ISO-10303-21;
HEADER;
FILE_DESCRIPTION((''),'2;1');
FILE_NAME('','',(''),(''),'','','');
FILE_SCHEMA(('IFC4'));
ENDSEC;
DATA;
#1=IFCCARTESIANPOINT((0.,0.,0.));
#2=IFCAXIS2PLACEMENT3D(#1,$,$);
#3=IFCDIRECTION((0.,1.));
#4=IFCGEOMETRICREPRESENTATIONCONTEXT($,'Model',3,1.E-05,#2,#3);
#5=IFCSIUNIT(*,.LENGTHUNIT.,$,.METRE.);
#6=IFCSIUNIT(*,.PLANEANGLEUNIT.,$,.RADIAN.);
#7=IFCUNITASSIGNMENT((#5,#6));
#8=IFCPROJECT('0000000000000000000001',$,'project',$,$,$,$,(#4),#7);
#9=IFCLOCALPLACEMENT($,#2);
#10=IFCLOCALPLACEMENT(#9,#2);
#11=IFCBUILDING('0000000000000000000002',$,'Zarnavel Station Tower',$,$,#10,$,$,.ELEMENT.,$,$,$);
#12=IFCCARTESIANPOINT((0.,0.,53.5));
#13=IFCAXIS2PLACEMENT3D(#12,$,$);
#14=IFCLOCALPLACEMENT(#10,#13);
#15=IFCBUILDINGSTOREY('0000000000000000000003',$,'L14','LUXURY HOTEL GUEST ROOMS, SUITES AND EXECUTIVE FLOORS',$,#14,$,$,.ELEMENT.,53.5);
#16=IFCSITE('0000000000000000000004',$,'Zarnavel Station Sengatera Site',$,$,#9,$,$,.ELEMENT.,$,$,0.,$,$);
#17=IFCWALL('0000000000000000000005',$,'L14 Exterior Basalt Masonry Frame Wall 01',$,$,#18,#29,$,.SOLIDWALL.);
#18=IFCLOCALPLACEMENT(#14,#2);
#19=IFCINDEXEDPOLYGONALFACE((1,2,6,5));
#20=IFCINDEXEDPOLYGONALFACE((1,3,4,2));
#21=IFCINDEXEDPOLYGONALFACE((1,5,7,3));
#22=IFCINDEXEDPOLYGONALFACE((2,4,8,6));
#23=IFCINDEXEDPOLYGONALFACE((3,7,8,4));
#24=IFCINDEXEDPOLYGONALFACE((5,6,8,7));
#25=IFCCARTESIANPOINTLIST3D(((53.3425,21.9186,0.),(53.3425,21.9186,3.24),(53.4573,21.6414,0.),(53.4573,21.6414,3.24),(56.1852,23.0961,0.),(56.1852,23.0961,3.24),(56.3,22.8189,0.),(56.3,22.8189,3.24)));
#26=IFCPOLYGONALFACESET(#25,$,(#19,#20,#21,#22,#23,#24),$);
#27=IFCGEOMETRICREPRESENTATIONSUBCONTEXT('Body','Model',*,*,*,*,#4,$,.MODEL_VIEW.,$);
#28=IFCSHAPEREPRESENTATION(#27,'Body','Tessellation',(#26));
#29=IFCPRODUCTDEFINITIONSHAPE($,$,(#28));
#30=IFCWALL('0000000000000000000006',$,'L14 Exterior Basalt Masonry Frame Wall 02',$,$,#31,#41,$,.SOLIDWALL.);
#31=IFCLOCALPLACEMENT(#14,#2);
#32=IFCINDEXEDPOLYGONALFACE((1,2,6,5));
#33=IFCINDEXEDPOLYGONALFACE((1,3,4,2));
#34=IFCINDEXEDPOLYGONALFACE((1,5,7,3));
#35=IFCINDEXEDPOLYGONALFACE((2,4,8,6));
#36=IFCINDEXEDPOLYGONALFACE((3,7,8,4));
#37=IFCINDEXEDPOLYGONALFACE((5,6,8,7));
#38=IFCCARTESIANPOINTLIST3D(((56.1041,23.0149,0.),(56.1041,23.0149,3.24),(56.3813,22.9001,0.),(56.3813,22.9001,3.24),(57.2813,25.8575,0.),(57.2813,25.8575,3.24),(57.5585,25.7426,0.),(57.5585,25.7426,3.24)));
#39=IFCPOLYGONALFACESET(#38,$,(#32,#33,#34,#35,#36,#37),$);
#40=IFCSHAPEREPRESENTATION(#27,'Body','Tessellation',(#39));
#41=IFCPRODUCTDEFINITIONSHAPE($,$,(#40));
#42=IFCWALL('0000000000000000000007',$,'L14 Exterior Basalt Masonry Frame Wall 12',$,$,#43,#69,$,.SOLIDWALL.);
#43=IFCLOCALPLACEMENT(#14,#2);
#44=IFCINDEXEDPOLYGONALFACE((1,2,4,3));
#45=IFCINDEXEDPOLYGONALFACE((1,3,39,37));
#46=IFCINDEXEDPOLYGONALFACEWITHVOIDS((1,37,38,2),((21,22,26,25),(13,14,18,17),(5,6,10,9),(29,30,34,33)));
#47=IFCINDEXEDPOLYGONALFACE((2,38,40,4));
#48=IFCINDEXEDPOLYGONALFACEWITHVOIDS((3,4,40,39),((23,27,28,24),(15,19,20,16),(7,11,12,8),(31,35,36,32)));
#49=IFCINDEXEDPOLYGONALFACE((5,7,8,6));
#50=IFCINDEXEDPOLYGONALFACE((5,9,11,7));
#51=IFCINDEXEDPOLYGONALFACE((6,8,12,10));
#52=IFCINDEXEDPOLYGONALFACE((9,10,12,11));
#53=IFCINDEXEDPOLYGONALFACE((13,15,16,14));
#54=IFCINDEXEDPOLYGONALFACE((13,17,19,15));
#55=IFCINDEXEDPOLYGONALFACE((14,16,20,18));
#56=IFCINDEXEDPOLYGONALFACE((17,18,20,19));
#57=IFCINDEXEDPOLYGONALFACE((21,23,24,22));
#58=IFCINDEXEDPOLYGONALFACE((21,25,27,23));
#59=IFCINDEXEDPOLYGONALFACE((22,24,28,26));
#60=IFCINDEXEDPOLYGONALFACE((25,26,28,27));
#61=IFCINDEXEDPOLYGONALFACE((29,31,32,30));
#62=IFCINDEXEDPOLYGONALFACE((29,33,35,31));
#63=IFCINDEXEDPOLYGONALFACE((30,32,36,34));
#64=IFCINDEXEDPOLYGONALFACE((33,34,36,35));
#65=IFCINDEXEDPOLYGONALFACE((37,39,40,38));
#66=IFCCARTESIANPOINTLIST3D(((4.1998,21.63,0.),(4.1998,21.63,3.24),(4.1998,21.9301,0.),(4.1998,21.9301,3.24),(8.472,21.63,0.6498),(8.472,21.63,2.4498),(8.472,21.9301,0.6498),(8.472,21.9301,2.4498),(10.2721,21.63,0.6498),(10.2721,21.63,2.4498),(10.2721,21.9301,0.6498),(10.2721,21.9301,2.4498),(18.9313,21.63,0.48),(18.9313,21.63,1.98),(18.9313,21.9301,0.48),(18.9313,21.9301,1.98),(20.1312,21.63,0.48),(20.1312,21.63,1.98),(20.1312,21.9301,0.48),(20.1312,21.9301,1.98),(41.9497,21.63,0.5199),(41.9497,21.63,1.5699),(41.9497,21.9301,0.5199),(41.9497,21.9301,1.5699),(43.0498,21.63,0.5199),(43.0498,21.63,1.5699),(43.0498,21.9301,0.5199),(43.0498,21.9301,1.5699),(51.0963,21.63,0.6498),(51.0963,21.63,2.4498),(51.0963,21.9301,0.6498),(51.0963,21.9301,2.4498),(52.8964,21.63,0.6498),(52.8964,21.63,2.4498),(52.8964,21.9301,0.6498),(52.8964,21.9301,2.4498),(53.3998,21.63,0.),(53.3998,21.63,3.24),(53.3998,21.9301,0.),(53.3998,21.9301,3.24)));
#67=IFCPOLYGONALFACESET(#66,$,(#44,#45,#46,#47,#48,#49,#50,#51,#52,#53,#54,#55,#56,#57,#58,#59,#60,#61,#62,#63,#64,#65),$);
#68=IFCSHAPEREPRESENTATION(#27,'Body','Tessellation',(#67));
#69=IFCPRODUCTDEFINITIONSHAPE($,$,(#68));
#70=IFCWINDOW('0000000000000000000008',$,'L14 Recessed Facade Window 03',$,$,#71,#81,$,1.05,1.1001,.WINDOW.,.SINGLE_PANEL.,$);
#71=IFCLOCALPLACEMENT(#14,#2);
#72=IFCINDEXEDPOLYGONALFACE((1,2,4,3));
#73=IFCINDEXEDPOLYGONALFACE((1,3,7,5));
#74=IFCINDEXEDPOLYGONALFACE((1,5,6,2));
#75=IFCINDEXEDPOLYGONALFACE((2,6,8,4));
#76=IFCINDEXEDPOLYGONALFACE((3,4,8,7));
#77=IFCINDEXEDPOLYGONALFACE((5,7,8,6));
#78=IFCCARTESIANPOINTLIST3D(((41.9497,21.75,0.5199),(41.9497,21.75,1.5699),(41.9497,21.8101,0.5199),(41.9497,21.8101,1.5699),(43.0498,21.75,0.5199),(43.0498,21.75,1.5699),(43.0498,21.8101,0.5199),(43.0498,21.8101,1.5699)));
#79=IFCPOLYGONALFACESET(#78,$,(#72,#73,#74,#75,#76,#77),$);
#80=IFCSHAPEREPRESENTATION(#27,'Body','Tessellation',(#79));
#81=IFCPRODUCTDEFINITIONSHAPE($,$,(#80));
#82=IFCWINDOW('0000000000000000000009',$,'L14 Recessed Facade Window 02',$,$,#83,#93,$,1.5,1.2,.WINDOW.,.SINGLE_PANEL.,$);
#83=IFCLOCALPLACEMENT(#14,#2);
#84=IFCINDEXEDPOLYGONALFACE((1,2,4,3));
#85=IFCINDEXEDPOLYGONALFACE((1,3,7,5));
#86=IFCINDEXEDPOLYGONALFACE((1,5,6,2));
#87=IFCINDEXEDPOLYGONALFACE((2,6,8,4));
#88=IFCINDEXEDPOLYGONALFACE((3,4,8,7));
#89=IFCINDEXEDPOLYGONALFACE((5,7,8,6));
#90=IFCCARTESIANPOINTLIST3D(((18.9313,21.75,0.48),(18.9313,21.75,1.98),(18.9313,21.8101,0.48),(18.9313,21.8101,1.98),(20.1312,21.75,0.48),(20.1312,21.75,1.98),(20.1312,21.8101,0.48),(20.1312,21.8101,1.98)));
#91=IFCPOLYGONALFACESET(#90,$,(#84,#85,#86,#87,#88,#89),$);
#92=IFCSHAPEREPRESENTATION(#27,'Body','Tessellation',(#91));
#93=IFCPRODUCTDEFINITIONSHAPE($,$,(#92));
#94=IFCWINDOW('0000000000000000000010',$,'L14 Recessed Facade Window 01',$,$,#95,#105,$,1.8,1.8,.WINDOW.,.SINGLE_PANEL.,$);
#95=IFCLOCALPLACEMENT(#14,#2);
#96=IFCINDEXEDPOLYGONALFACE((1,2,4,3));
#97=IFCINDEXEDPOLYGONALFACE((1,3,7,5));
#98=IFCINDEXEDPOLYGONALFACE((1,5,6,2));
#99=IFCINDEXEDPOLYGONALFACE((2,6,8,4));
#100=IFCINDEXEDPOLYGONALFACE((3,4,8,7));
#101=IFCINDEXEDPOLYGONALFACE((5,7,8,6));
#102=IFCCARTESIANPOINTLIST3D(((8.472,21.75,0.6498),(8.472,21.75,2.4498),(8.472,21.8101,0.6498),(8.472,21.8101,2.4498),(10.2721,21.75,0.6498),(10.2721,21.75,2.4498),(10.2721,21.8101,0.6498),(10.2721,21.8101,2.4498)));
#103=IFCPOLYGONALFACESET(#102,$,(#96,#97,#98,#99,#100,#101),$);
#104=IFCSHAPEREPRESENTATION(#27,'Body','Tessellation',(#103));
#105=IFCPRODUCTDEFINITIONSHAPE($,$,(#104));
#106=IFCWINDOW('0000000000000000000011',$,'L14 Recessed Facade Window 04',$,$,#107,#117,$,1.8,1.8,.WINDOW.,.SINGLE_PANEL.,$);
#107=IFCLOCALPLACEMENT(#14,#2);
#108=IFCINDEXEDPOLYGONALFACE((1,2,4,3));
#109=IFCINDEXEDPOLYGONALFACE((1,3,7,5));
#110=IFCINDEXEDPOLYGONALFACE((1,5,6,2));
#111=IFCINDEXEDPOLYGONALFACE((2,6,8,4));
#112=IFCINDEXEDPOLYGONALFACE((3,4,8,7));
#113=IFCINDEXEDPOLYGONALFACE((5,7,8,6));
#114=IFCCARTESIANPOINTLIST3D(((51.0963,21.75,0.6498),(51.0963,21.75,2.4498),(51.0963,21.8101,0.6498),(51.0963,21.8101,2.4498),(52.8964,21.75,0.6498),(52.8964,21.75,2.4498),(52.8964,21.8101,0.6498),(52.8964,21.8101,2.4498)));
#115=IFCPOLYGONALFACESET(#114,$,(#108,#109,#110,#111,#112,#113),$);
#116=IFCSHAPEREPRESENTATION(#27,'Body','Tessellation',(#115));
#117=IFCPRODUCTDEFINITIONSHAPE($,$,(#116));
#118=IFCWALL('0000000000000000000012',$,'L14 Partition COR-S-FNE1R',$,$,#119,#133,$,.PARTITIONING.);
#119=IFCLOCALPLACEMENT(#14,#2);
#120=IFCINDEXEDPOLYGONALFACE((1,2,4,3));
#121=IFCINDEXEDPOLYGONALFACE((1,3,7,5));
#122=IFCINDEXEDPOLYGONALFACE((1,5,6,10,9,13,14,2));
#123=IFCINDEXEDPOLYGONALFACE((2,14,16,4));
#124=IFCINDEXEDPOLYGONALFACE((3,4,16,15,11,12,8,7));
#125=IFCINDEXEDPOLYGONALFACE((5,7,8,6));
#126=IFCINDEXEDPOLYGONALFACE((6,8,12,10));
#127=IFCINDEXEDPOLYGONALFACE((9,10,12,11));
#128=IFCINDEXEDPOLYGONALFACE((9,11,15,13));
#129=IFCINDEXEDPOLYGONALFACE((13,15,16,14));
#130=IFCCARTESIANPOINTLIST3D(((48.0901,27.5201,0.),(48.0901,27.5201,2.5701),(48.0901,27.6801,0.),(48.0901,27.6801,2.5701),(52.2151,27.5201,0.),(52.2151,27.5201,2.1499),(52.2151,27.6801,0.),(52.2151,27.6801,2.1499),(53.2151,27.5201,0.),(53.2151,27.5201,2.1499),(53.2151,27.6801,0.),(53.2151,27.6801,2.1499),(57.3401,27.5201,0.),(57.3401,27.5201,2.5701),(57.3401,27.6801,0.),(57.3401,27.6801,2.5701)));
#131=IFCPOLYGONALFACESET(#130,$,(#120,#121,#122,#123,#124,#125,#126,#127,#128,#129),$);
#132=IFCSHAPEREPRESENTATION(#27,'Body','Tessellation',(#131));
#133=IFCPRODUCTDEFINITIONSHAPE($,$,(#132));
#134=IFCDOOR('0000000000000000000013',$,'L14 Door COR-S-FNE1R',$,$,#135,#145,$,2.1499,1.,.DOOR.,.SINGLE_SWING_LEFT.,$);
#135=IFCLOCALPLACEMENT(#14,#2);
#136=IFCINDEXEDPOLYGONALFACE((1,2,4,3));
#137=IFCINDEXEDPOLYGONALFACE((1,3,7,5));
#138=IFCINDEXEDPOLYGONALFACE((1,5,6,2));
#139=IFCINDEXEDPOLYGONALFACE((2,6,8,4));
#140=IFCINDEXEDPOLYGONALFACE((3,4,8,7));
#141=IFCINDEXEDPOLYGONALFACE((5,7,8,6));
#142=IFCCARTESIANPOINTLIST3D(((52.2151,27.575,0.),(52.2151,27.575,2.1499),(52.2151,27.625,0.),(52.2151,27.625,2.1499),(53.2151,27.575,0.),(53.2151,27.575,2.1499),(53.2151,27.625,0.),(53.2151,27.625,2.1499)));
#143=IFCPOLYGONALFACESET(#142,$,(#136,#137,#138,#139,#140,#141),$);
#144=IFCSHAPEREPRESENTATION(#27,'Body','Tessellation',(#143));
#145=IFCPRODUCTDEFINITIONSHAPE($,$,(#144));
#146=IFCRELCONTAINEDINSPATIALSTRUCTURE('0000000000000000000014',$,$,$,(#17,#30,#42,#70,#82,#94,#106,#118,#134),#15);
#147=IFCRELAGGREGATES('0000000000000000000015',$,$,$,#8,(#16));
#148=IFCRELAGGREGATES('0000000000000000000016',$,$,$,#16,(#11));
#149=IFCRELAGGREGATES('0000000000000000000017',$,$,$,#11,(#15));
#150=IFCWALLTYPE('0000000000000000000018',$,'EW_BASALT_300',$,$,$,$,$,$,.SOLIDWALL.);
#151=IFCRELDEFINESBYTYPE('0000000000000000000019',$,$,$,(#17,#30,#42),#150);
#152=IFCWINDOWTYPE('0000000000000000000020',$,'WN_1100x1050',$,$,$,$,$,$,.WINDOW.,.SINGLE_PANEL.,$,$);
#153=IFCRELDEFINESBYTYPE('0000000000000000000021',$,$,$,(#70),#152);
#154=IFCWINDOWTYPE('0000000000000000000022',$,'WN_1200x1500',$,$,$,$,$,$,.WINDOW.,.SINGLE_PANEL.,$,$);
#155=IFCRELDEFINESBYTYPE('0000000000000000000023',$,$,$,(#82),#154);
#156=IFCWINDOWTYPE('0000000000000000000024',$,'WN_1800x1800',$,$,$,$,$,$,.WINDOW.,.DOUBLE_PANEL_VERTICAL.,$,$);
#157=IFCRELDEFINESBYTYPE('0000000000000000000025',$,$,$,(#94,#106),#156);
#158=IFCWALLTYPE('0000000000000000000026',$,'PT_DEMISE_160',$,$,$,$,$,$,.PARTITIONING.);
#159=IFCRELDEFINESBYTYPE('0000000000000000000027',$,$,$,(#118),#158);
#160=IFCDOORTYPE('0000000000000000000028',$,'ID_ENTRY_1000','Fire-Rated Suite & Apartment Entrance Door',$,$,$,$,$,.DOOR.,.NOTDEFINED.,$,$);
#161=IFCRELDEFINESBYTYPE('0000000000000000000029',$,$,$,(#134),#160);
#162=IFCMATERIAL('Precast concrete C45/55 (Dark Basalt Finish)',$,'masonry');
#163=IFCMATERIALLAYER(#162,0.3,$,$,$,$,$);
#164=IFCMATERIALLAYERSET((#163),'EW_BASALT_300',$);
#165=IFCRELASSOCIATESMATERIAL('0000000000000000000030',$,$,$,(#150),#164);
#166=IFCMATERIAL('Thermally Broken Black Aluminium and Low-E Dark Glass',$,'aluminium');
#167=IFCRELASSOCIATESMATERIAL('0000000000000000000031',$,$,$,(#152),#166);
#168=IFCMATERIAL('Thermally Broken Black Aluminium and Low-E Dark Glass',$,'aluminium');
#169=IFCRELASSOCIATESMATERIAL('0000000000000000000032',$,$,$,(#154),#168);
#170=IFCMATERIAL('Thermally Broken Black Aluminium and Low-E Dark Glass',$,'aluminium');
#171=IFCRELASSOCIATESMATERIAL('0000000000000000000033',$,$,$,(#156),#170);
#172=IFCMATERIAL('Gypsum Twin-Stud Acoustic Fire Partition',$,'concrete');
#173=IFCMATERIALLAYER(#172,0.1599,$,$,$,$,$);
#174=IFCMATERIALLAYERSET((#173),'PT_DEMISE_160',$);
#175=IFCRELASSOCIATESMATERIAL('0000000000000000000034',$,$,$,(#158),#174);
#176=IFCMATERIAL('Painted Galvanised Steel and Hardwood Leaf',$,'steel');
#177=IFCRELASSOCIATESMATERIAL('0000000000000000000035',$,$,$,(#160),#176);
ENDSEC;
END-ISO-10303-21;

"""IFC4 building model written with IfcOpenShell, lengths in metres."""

from ifc_helpers import new_model, si_unit, direction, frame, frame_2d, origin, place, context, subcontext, project, spatial, rectangle, extrude, material, layer, layer_set, type_object, element, fill, save


model = new_model("IFC4")

# Units and contexts
model_context = context("Model", 3, precision=1e-05, world=origin(), true_north=direction((0.0, 1.0)))
body_context = subcontext(model_context, "Body", "Model", "MODEL_VIEW")
ifc_project = project(units=[si_unit("LENGTHUNIT", "METRE"), si_unit("PLANEANGLEUNIT", "RADIAN")], contexts=[model_context])

# Site, building, storey
site_placement = place(None, origin())
site = spatial("IfcSite", under=ifc_project, at=site_placement, Name="Zarnavel Station Sengatera Site", CompositionType="ELEMENT", RefElevation=0.0)
building_placement = place(site_placement, origin())
building = spatial("IfcBuilding", under=site, at=building_placement, Name="Zarnavel Station Tower", CompositionType="ELEMENT")
storey_placement = place(building_placement, frame((0.0, 0.0, 53.5)))
storey = spatial("IfcBuildingStorey", under=building, at=storey_placement, Name="L14", Description="LUXURY HOTEL GUEST ROOMS, SUITES AND EXECUTIVE FLOORS", CompositionType="ELEMENT", Elevation=53.5)

# Walls
ifc_material_1 = material(Name="Precast concrete C45/55 (Dark Basalt Finish)", Category="masonry")
ifc_layer_1 = layer(ifc_material_1, 0.3)
ifc_layer_set_1 = layer_set([ifc_layer_1], Name="EW_BASALT_300")
wall_type_1 = type_object("IfcWallType", Name="EW_BASALT_300", PredefinedType="SOLIDWALL", material=ifc_layer_set_1)
wall_1_placement = place(storey_placement, frame((56.2427, 22.9575, 0.0), z_axis=(0.0, 0.0, 1.0), x_axis=(-0.923882, -0.382676, 0.0)))
element("IfcWall", 1, at=wall_1_placement, inside=storey, type_object=wall_type_1, Name="L14 Exterior Basalt Masonry Frame Wall 01", PredefinedType="SOLIDWALL", context=body_context, shape_type="SweptSolid", body=[
    extrude(rectangle(XDim=3.0769, YDim=0.3, at=frame_2d((1.5386, 0.0))), origin(), (0.0, 0.0, 1.0), 3.24),
])
wall_2_placement = place(storey_placement, frame((57.4199, 25.8, 0.0), z_axis=(0.0, 0.0, 1.0), x_axis=(-0.382637, -0.923899, 0.0)))
element("IfcWall", 2, at=wall_2_placement, inside=storey, type_object=wall_type_1, Name="L14 Exterior Basalt Masonry Frame Wall 02", PredefinedType="SOLIDWALL", context=body_context, shape_type="SweptSolid", body=[
    extrude(rectangle(XDim=3.0767, YDim=0.3, at=frame_2d((1.5383, 0.0))), origin(), (0.0, 0.0, 1.0), 3.24),
])

# Wall, openings, windows
wall_3_placement = place(storey_placement, frame((53.3999, 21.78, 0.0), z_axis=(0.0, 0.0, 1.0), x_axis=(-1.0, 0.0, 0.0)))
wall_3 = element("IfcWall", 3, at=wall_3_placement, inside=storey, type_object=wall_type_1, Name="L14 Exterior Basalt Masonry Frame Wall 12", PredefinedType="SOLIDWALL", context=body_context, shape_type="SweptSolid", body=[
    extrude(rectangle(XDim=49.2, YDim=0.3, at=frame_2d((24.6001, 0.0))), origin(), (0.0, 0.0, 1.0), 3.24),
])
opening_1_placement = place(wall_3_placement, frame((43.1279, 0.0, 0.6499)))
opening_1 = element("IfcOpeningElement", 4, at=opening_1_placement, cuts=wall_3, PredefinedType="OPENING", context=body_context, shape_type="SweptSolid", body=[
    extrude(rectangle(XDim=1.8, YDim=1.8, at=frame_2d((0.8999, 0.8999))), frame((0.0, 0.1599, 0.0), z_axis=(0.0, -1.0, 0.0), x_axis=(1.0, 0.0, 0.0)), (0.0, 0.0, 1.0), 0.3201),
])
opening_2_placement = place(wall_3_placement, frame((33.2686, 0.0, 0.48)))
opening_2 = element("IfcOpeningElement", 5, at=opening_2_placement, cuts=wall_3, PredefinedType="OPENING", context=body_context, shape_type="SweptSolid", body=[
    extrude(rectangle(XDim=1.2, YDim=1.5, at=frame_2d((0.6001, 0.75))), frame((0.0, 0.1599, 0.0), z_axis=(0.0, -1.0, 0.0), x_axis=(1.0, 0.0, 0.0)), (0.0, 0.0, 1.0), 0.3201),
])
opening_3_placement = place(wall_3_placement, frame((10.3501, 0.0, 0.52)))
opening_3 = element("IfcOpeningElement", 6, at=opening_3_placement, cuts=wall_3, PredefinedType="OPENING", context=body_context, shape_type="SweptSolid", body=[
    extrude(rectangle(XDim=1.1001, YDim=1.05, at=frame_2d((0.55, 0.5249))), frame((0.0, 0.1599, 0.0), z_axis=(0.0, -1.0, 0.0), x_axis=(1.0, 0.0, 0.0)), (0.0, 0.0, 1.0), 0.3201),
])
opening_4_placement = place(wall_3_placement, frame((0.5037, 0.0, 0.6499)))
opening_4 = element("IfcOpeningElement", 7, at=opening_4_placement, cuts=wall_3, PredefinedType="OPENING", context=body_context, shape_type="SweptSolid", body=[
    extrude(rectangle(XDim=1.8, YDim=1.8, at=frame_2d((0.8999, 0.8999))), frame((0.0, 0.1599, 0.0), z_axis=(0.0, -1.0, 0.0), x_axis=(1.0, 0.0, 0.0)), (0.0, 0.0, 1.0), 0.3201),
])
ifc_material_2 = material(Name="Thermally Broken Black Aluminium and Low-E Dark Glass", Category="aluminium")
window_type_1 = type_object("IfcWindowType", Name="WN_1100x1050", PartitioningType="SINGLE_PANEL", PredefinedType="WINDOW", material=ifc_material_2)
window_1_placement = place(opening_3_placement, origin())
window_1 = element("IfcWindow", 8, at=window_1_placement, inside=storey, type_object=window_type_1, Name="L14 Recessed Facade Window 03", OverallHeight=1.05, OverallWidth=1.1001, PartitioningType="SINGLE_PANEL", PredefinedType="WINDOW", context=body_context, shape_type="SweptSolid", body=[
    extrude(rectangle(XDim=1.1001, YDim=1.05, at=frame_2d((0.55, 0.5249))), frame((0.0, 0.03, 0.0), z_axis=(0.0, -1.0, 0.0), x_axis=(1.0, 0.0, 0.0)), (0.0, 0.0, 1.0), 0.0601),
])
fill(opening_3, window_1)
ifc_material_3 = material(Name="Thermally Broken Black Aluminium and Low-E Dark Glass", Category="aluminium")
window_type_2 = type_object("IfcWindowType", Name="WN_1200x1500", PartitioningType="SINGLE_PANEL", PredefinedType="WINDOW", material=ifc_material_3)
window_2_placement = place(opening_2_placement, origin())
window_2 = element("IfcWindow", 9, at=window_2_placement, inside=storey, type_object=window_type_2, Name="L14 Recessed Facade Window 02", OverallHeight=1.5, OverallWidth=1.2, PartitioningType="SINGLE_PANEL", PredefinedType="WINDOW", context=body_context, shape_type="SweptSolid", body=[
    extrude(rectangle(XDim=1.2, YDim=1.5, at=frame_2d((0.6001, 0.75))), frame((0.0, 0.03, 0.0), z_axis=(0.0, -1.0, 0.0), x_axis=(1.0, 0.0, 0.0)), (0.0, 0.0, 1.0), 0.0601),
])
fill(opening_2, window_2)
ifc_material_4 = material(Name="Thermally Broken Black Aluminium and Low-E Dark Glass", Category="aluminium")
window_type_3 = type_object("IfcWindowType", Name="WN_1800x1800", PartitioningType="DOUBLE_PANEL_VERTICAL", PredefinedType="WINDOW", material=ifc_material_4)
window_3_placement = place(opening_1_placement, origin())
window_3 = element("IfcWindow", 10, at=window_3_placement, inside=storey, type_object=window_type_3, Name="L14 Recessed Facade Window 01", OverallHeight=1.8, OverallWidth=1.8, PartitioningType="SINGLE_PANEL", PredefinedType="WINDOW", context=body_context, shape_type="SweptSolid", body=[
    extrude(rectangle(XDim=1.8, YDim=1.8, at=frame_2d((0.8999, 0.8999))), frame((0.0, 0.03, 0.0), z_axis=(0.0, -1.0, 0.0), x_axis=(1.0, 0.0, 0.0)), (0.0, 0.0, 1.0), 0.0601),
])
fill(opening_1, window_3)
window_4_placement = place(opening_4_placement, origin())
window_4 = element("IfcWindow", 11, at=window_4_placement, inside=storey, type_object=window_type_3, Name="L14 Recessed Facade Window 04", OverallHeight=1.8, OverallWidth=1.8, PartitioningType="SINGLE_PANEL", PredefinedType="WINDOW", context=body_context, shape_type="SweptSolid", body=[
    extrude(rectangle(XDim=1.8, YDim=1.8, at=frame_2d((0.8999, 0.8999))), frame((0.0, 0.03, 0.0), z_axis=(0.0, -1.0, 0.0), x_axis=(1.0, 0.0, 0.0)), (0.0, 0.0, 1.0), 0.0601),
])
fill(opening_4, window_4)

# Wall, opening, door
ifc_material_5 = material(Name="Gypsum Twin-Stud Acoustic Fire Partition", Category="concrete")
ifc_layer_2 = layer(ifc_material_5, 0.1599)
ifc_layer_set_2 = layer_set([ifc_layer_2], Name="PT_DEMISE_160")
wall_type_2 = type_object("IfcWallType", Name="PT_DEMISE_160", PredefinedType="PARTITIONING", material=ifc_layer_set_2)
wall_4_placement = place(storey_placement, frame((48.0901, 27.6001, 0.0), z_axis=(0.0, 0.0, 1.0), x_axis=(1.0, 0.0, 0.0)))
wall_4 = element("IfcWall", 12, at=wall_4_placement, inside=storey, type_object=wall_type_2, Name="L14 Partition COR-S-FNE1R", PredefinedType="PARTITIONING", context=body_context, shape_type="SweptSolid", body=[
    extrude(rectangle(XDim=9.25, YDim=0.1599, at=frame_2d((4.625, 0.0))), origin(), (0.0, 0.0, 1.0), 2.5701),
])
opening_5_placement = place(wall_4_placement, frame((4.125, 0.0, 0.0)))
opening_5 = element("IfcOpeningElement", 13, at=opening_5_placement, cuts=wall_4, PredefinedType="OPENING", context=body_context, shape_type="SweptSolid", body=[
    extrude(rectangle(XDim=1.0, YDim=2.1499, at=frame_2d((0.5, 1.075))), frame((0.0, 0.0898, 0.0), z_axis=(0.0, -1.0, 0.0), x_axis=(1.0, 0.0, 0.0)), (0.0, 0.0, 1.0), 0.1799),
])
ifc_material_6 = material(Name="Painted Galvanised Steel and Hardwood Leaf", Category="steel")
door_type_1 = type_object("IfcDoorType", Name="ID_ENTRY_1000", Description="Fire-Rated Suite & Apartment Entrance Door", OperationType="NOTDEFINED", PredefinedType="DOOR", material=ifc_material_6)
door_1_placement = place(opening_5_placement, origin())
door_1 = element("IfcDoor", 14, at=door_1_placement, inside=storey, type_object=door_type_1, Name="L14 Door COR-S-FNE1R", OperationType="SINGLE_SWING_LEFT", OverallHeight=2.1499, OverallWidth=1.0, PredefinedType="DOOR", context=body_context, shape_type="SweptSolid", body=[
    extrude(rectangle(XDim=1.0, YDim=2.1499, at=frame_2d((0.5, 1.075))), frame((0.0, 0.0249, 0.0), z_axis=(0.0, -1.0, 0.0), x_axis=(1.0, 0.0, 0.0)), (0.0, 0.0, 1.0), 0.05),
])
fill(opening_5, door_1)

save(model, "model.ifc")
